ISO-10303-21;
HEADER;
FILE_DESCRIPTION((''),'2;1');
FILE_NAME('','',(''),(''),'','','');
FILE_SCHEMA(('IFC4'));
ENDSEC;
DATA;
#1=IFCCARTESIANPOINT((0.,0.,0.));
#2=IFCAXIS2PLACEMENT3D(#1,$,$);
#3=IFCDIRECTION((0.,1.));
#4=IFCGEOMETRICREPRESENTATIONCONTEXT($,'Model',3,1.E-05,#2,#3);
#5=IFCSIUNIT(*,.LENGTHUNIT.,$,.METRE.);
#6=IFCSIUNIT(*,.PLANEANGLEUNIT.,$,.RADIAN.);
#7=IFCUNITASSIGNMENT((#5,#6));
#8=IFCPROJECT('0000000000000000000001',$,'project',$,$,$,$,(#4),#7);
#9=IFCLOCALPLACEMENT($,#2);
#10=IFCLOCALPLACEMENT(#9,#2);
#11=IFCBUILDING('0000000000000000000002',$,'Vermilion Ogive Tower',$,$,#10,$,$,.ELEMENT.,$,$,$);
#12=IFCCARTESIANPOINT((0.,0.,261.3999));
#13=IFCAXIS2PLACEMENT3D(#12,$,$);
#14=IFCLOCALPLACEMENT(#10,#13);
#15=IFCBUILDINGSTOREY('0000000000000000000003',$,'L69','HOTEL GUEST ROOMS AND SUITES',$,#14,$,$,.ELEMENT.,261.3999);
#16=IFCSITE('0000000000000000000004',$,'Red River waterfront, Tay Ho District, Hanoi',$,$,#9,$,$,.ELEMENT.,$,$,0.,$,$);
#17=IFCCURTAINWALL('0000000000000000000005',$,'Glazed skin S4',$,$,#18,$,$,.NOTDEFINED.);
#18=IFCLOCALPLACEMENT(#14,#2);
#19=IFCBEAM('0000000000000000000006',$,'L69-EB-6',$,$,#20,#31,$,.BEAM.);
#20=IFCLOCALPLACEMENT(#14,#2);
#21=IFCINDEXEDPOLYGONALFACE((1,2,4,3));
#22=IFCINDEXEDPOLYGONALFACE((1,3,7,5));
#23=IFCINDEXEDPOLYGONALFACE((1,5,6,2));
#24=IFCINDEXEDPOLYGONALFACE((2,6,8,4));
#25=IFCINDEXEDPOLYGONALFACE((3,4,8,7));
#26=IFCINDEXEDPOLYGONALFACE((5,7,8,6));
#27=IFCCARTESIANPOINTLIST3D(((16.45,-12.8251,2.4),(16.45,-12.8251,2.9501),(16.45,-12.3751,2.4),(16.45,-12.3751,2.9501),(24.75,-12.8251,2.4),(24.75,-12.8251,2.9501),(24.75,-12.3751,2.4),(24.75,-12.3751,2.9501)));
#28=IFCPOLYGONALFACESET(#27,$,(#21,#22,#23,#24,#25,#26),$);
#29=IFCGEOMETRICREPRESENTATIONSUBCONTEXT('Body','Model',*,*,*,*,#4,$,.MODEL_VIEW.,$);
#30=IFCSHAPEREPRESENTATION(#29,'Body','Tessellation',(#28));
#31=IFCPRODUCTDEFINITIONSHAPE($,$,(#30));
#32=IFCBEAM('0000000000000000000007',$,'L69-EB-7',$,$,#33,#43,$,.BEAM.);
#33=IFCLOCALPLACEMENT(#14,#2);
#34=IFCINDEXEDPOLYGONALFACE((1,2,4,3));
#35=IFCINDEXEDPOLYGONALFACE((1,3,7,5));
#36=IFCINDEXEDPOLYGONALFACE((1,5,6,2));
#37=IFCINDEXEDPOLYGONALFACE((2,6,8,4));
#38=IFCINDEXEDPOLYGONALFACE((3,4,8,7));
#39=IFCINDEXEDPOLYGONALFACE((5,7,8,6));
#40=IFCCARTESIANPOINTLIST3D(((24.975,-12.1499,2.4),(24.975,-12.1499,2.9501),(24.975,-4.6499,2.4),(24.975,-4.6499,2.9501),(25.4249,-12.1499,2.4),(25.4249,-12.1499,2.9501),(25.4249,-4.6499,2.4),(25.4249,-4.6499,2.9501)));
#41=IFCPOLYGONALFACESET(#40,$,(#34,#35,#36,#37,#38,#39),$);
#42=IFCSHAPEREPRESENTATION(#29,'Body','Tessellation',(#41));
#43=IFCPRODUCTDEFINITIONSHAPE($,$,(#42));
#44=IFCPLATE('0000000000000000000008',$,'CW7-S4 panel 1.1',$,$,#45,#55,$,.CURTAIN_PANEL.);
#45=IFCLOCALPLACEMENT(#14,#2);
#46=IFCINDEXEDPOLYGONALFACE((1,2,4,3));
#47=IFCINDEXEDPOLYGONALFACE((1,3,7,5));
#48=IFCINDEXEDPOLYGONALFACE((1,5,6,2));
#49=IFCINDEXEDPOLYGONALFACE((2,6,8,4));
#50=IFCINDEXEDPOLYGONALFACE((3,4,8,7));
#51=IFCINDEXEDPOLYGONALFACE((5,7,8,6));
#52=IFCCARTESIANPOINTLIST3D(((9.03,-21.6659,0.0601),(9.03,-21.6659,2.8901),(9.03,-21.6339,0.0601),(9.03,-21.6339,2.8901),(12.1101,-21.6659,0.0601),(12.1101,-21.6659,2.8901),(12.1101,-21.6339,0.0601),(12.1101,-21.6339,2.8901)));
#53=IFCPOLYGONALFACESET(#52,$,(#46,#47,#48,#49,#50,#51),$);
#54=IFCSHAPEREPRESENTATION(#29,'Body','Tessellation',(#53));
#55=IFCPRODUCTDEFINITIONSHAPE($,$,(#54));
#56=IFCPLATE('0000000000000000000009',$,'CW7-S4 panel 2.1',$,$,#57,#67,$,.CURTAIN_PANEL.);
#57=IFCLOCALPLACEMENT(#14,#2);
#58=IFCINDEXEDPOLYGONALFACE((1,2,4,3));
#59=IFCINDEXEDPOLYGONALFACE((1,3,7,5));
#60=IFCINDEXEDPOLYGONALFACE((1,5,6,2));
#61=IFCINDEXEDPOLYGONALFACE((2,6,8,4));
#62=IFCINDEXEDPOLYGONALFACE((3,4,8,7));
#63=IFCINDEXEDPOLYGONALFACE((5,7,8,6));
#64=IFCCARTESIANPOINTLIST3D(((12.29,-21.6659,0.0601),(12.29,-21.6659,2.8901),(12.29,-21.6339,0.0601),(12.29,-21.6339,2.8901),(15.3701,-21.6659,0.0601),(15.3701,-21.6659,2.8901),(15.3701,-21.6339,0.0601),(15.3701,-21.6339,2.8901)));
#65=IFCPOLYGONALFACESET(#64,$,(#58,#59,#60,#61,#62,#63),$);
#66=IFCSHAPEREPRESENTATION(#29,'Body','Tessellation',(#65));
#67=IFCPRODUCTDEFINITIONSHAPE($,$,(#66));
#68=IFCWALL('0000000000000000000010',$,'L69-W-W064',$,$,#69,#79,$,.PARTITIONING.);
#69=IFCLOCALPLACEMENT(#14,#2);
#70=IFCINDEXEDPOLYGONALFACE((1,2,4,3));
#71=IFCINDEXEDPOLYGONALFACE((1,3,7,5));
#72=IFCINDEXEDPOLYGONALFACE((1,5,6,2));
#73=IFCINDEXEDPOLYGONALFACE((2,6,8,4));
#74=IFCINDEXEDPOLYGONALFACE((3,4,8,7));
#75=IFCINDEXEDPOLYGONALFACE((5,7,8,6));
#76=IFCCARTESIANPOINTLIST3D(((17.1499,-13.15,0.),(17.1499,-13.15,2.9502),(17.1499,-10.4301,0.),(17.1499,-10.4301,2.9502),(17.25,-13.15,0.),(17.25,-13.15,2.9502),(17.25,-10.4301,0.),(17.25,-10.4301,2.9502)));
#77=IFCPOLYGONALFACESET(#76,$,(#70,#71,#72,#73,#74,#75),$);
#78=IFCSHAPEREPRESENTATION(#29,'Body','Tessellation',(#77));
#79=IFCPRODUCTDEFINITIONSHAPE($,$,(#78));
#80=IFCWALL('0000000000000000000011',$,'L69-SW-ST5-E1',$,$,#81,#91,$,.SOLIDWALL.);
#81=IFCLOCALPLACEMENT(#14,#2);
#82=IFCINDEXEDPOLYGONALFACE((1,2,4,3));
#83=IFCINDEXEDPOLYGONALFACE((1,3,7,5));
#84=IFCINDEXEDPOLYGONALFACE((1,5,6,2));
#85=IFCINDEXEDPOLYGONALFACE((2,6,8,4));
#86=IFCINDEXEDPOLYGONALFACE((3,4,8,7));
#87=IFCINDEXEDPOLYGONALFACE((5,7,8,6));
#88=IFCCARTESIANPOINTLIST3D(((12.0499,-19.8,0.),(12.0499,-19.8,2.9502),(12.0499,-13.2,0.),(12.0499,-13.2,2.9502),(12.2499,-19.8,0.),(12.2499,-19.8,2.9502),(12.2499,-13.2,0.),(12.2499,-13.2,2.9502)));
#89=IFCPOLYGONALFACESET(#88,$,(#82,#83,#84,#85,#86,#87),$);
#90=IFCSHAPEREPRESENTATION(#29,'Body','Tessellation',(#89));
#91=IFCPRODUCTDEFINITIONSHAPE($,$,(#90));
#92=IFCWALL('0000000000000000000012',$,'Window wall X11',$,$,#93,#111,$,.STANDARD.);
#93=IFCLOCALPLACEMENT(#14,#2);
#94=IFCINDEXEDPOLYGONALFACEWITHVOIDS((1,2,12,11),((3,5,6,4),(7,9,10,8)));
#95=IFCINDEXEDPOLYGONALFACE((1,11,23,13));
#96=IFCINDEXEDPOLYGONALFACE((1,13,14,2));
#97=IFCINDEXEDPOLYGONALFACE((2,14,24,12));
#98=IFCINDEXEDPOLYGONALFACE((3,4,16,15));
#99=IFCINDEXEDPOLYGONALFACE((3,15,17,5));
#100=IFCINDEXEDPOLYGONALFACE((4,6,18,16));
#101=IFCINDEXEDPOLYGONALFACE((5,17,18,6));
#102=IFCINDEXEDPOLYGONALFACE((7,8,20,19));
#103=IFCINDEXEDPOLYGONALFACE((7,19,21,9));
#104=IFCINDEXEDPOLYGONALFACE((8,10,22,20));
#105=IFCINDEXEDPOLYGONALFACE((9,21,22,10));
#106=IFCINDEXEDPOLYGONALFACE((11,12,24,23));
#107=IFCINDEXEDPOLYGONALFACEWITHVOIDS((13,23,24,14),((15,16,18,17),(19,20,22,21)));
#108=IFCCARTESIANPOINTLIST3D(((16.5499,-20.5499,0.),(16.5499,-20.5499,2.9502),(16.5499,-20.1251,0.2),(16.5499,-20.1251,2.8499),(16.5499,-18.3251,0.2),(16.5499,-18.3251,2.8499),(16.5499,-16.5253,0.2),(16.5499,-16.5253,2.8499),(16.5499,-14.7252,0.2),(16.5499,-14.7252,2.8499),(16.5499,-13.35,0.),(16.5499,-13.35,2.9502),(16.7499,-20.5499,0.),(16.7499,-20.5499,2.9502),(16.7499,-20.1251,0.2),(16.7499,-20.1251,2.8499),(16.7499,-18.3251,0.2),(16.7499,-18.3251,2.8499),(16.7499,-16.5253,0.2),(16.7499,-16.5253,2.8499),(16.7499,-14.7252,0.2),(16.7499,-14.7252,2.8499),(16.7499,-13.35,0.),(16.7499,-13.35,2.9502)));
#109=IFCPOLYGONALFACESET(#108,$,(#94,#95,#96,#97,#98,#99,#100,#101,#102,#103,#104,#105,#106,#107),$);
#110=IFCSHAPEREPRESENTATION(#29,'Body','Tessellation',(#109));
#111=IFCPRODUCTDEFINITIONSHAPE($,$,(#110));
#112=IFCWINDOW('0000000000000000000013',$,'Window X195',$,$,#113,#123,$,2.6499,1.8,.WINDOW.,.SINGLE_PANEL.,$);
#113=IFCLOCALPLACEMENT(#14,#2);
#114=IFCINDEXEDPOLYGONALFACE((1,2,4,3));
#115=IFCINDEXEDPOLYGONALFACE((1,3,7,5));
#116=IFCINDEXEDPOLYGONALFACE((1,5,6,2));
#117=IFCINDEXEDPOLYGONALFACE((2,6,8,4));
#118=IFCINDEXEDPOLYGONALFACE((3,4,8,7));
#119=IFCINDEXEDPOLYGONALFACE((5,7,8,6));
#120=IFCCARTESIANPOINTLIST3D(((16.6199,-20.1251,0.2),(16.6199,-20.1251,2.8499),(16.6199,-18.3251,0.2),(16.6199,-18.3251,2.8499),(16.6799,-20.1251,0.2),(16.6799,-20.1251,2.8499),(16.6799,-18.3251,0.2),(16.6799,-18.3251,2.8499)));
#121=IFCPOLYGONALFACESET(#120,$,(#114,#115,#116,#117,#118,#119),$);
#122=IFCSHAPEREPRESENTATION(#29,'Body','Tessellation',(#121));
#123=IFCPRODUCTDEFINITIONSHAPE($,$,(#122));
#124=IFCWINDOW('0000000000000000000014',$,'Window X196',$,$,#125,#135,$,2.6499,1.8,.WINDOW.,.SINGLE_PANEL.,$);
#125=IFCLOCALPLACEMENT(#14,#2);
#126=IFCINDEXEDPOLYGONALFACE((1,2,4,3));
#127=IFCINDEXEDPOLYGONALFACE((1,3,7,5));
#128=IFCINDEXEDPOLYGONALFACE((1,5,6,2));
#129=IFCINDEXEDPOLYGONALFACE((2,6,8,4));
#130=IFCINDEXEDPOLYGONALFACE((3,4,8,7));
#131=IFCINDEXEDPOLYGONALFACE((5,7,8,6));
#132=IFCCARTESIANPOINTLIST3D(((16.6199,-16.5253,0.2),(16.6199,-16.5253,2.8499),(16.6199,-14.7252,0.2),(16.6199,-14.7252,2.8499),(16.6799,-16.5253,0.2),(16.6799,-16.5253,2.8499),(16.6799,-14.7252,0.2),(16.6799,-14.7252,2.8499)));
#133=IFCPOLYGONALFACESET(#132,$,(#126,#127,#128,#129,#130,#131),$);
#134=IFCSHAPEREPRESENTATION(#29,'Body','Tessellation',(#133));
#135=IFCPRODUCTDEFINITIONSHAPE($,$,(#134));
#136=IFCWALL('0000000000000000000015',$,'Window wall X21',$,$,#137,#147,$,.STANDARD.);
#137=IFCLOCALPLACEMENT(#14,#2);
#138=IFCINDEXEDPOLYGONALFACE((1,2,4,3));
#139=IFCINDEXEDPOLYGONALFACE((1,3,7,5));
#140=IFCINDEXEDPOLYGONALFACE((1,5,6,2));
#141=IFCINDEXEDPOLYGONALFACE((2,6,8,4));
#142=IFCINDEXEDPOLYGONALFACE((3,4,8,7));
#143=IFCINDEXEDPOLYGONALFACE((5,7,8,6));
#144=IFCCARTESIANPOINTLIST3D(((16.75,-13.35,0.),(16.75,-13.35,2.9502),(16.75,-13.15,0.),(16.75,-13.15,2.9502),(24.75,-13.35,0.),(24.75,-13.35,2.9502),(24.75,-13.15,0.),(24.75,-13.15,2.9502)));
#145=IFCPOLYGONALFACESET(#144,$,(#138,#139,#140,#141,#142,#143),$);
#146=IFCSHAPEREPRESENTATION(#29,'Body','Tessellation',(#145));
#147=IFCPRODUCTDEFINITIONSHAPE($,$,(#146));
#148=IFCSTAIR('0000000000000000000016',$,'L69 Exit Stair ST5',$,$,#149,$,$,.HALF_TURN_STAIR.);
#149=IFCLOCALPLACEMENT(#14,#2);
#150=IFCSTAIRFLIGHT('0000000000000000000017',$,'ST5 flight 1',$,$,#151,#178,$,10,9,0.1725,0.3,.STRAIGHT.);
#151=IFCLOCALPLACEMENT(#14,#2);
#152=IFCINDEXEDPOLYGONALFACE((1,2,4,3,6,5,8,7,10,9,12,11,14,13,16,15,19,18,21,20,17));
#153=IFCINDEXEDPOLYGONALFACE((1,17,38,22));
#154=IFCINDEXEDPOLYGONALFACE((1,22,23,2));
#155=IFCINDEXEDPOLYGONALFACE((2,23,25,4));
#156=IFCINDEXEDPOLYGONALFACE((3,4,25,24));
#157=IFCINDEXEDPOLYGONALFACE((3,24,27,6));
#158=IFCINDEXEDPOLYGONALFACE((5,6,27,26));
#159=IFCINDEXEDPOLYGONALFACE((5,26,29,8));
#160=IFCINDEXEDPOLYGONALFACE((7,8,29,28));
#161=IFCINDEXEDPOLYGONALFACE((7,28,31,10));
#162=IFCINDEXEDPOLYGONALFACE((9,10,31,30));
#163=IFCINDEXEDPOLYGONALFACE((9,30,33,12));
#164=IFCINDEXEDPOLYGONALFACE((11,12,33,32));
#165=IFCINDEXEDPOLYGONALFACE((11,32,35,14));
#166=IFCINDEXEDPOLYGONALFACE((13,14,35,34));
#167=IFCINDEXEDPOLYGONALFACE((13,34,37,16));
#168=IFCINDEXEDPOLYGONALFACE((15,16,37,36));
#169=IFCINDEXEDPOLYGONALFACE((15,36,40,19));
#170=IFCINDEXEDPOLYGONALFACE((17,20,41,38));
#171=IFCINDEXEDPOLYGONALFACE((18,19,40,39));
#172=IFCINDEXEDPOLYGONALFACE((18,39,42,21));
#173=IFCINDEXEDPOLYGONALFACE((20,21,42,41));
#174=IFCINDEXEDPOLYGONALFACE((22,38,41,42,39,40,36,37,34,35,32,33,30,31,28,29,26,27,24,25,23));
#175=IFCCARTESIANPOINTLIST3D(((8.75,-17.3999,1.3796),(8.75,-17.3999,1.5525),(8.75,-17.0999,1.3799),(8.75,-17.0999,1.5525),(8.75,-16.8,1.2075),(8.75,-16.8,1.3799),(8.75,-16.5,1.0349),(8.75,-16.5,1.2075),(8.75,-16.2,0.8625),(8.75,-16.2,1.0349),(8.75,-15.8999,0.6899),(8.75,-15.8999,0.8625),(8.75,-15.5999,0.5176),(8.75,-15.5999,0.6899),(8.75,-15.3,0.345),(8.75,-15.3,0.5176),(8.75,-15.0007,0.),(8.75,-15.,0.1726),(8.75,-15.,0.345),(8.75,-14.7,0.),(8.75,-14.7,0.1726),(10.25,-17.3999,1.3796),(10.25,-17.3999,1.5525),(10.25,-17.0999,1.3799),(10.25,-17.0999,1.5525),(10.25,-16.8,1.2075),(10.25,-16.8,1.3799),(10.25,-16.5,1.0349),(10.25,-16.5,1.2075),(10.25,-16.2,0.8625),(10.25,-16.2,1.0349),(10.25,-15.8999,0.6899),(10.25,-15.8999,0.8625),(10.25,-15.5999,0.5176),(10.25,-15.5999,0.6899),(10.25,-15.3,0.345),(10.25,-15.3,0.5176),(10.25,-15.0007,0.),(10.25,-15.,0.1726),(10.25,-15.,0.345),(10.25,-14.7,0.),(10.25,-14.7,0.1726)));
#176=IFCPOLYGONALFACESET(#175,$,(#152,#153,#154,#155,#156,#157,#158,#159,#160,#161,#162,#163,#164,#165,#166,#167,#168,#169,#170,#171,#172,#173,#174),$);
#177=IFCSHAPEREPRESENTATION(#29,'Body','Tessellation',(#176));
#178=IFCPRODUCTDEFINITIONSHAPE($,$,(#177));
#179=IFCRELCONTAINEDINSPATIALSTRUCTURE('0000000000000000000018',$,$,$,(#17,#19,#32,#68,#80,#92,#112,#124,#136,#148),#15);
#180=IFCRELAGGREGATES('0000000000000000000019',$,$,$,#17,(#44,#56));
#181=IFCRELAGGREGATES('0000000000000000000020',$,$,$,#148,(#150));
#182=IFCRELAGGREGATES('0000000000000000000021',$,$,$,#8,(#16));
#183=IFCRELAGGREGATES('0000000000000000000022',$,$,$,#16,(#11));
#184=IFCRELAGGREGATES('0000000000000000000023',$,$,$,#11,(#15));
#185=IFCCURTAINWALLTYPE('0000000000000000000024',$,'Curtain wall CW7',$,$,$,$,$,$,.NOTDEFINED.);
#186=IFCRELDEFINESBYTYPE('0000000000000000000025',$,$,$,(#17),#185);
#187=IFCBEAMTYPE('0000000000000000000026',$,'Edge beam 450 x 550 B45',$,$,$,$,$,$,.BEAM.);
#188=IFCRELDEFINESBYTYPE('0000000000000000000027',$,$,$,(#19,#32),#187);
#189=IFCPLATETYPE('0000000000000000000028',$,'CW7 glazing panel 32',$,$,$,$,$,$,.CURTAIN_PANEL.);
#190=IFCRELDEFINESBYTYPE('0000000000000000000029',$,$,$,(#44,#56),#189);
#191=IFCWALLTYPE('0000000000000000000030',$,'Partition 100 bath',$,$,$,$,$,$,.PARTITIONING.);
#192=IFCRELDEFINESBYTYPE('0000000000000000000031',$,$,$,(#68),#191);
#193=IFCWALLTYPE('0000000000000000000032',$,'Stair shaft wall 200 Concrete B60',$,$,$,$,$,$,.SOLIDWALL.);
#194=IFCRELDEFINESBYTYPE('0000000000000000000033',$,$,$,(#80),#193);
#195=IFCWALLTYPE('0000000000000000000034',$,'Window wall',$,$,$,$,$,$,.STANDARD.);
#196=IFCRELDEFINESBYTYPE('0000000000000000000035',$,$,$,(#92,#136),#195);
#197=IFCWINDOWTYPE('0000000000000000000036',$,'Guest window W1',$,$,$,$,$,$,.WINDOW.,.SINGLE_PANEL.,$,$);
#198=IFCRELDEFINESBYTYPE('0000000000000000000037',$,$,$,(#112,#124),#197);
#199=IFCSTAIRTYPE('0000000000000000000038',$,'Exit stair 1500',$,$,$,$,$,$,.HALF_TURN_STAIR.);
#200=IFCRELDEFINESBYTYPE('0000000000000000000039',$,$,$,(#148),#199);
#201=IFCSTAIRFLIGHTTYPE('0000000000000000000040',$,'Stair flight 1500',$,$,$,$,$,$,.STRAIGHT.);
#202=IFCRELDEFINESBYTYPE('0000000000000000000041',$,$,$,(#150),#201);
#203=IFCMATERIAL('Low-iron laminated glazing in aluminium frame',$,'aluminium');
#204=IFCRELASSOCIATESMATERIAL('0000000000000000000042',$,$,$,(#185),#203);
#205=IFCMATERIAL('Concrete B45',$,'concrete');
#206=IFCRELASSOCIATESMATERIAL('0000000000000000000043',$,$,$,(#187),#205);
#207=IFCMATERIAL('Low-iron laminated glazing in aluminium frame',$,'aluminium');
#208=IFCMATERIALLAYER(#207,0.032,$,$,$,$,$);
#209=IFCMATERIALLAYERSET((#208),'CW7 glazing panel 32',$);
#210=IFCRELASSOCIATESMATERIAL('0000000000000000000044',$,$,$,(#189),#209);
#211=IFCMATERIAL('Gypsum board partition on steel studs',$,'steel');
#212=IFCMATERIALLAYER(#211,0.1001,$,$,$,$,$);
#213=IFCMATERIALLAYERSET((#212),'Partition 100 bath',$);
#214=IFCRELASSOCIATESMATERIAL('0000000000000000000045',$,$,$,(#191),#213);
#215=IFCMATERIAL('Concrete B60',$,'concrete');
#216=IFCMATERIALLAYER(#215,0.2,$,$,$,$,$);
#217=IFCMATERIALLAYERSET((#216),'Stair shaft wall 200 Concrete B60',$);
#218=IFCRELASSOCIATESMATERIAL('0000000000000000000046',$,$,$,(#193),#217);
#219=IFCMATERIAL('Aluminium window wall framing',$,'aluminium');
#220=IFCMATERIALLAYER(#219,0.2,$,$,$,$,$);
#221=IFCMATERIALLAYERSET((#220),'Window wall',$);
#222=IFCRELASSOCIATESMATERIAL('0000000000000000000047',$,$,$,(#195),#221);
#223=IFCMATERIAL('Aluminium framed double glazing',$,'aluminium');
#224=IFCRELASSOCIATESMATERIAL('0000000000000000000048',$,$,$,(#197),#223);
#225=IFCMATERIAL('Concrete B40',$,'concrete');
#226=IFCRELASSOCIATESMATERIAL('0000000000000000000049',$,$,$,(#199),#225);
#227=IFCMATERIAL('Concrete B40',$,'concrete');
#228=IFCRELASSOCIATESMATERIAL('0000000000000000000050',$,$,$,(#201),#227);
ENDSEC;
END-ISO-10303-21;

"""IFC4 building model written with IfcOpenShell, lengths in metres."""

from ifc_helpers import new_model, si_unit, direction, frame, frame_2d, origin, origin_2d, place, context, subcontext, project, spatial, polyline, rectangle, outline, extrude, material, layer, layer_set, material_profile, profile_set, type_object, element, fill, aggregate, save


model = new_model("IFC4")

# Units and contexts
model_context = context("Model", 3, precision=1e-05, world=origin(), true_north=direction((0.0, 1.0)))
body_context = subcontext(model_context, "Body", "Model", "MODEL_VIEW")
ifc_project = project(units=[si_unit("LENGTHUNIT", "METRE"), si_unit("PLANEANGLEUNIT", "RADIAN")], contexts=[model_context])

# Site, building, storey
site_placement = place(None, origin())
site = spatial("IfcSite", under=ifc_project, at=site_placement, Name="Red River waterfront, Tay Ho District, Hanoi", CompositionType="ELEMENT", RefElevation=0.0)
building_placement = place(site_placement, origin())
building = spatial("IfcBuilding", under=site, at=building_placement, Name="Vermilion Ogive Tower", CompositionType="ELEMENT")
storey_placement = place(building_placement, frame((0.0, 0.0, 261.3999)))
storey = spatial("IfcBuildingStorey", under=building, at=storey_placement, Name="L69", Description="HOTEL GUEST ROOMS AND SUITES", CompositionType="ELEMENT", Elevation=261.3999)

# Curtain wall
ifc_material_1 = material(Name="Low-iron laminated glazing in aluminium frame", Category="aluminium")
curtain_wall_type = type_object("IfcCurtainWallType", Name="Curtain wall CW7", PredefinedType="NOTDEFINED", material=ifc_material_1)
curtain_wall_1_placement = place(storey_placement, origin())
curtain_wall_1 = element("IfcCurtainWall", 1, at=curtain_wall_1_placement, inside=storey, type_object=curtain_wall_type, Name="Glazed skin S4", PredefinedType="NOTDEFINED")

# Beams
ifc_material_2 = material(Name="Concrete B45", Category="concrete")
ifc_material_profile_1 = material_profile(ifc_material_2, rectangle(XDim=0.45, YDim=0.55, at=origin_2d()), Name="450 x 550")
ifc_profile_set_1 = profile_set([ifc_material_profile_1], Name="Concrete B45")
beam_type = type_object("IfcBeamType", Name="Edge beam 450 x 550 B45", PredefinedType="BEAM", material=ifc_profile_set_1)
beam_1_placement = place(storey_placement, frame((16.45, -12.6001, 2.675), z_axis=(1.0, 0.0, 0.0), x_axis=(0.0, 1.0, 0.0)))
element("IfcBeam", 2, at=beam_1_placement, inside=storey, type_object=beam_type, Name="L69-EB-6", PredefinedType="BEAM", context=body_context, shape_type="SweptSolid", body=[
    extrude(rectangle(XDim=0.45, YDim=0.55, at=origin_2d()), origin(), (0.0, 0.0, 1.0), 8.3),
])
beam_2_placement = place(storey_placement, frame((25.2, -12.1499, 2.675), z_axis=(0.0, 1.0, 0.0), x_axis=(-1.0, 0.0, 0.0)))
element("IfcBeam", 3, at=beam_2_placement, inside=storey, type_object=beam_type, Name="L69-EB-7", PredefinedType="BEAM", context=body_context, shape_type="SweptSolid", body=[
    extrude(rectangle(XDim=0.45, YDim=0.55, at=origin_2d()), origin(), (0.0, 0.0, 1.0), 7.5),
])

# Plates
ifc_material_3 = material(Name="Low-iron laminated glazing in aluminium frame", Category="aluminium")
ifc_layer_1 = layer(ifc_material_3, 0.032)
ifc_layer_set_1 = layer_set([ifc_layer_1], Name="CW7 glazing panel 32")
plate_type = type_object("IfcPlateType", Name="CW7 glazing panel 32", PredefinedType="CURTAIN_PANEL", material=ifc_layer_set_1)
plate_1_placement = place(storey_placement, frame((10.5701, -21.6499, 0.0601), z_axis=(0.0, 0.0, 1.0), x_axis=(1.0, 0.0, 0.0)))
plate_1 = element("IfcPlate", 4, at=plate_1_placement, type_object=plate_type, Name="CW7-S4 panel 1.1", PredefinedType="CURTAIN_PANEL", context=body_context, shape_type="SweptSolid", body=[
    extrude(rectangle(XDim=3.0801, YDim=0.032, at=origin_2d()), origin(), (0.0, 0.0, 1.0), 2.8301),
])
plate_2_placement = place(storey_placement, frame((13.8301, -21.6499, 0.0601), z_axis=(0.0, 0.0, 1.0), x_axis=(1.0, 0.0, 0.0)))
plate_2 = element("IfcPlate", 5, at=plate_2_placement, type_object=plate_type, Name="CW7-S4 panel 2.1", PredefinedType="CURTAIN_PANEL", context=body_context, shape_type="SweptSolid", body=[
    extrude(rectangle(XDim=3.0801, YDim=0.032, at=origin_2d()), origin(), (0.0, 0.0, 1.0), 2.8301),
])
aggregate(curtain_wall_1, [plate_1, plate_2])

# Walls
ifc_material_4 = material(Name="Gypsum board partition on steel studs", Category="steel")
ifc_layer_2 = layer(ifc_material_4, 0.1001)
ifc_layer_set_2 = layer_set([ifc_layer_2], Name="Partition 100 bath")
wall_type_1 = type_object("IfcWallType", Name="Partition 100 bath", PredefinedType="PARTITIONING", material=ifc_layer_set_2)
wall_1_placement = place(storey_placement, frame((17.2, -13.1499, 0.0), z_axis=(0.0, 0.0, 1.0), x_axis=(0.0, 1.0, 0.0)))
element("IfcWall", 6, at=wall_1_placement, inside=storey, type_object=wall_type_1, Name="L69-W-W064", PredefinedType="PARTITIONING", context=body_context, shape_type="SweptSolid", body=[
    extrude(rectangle(XDim=2.72, YDim=0.1001, at=frame_2d((1.3599, 0.0))), origin(), (0.0, 0.0, 1.0), 2.9502),
])
ifc_material_5 = material(Name="Concrete B60", Category="concrete")
ifc_layer_3 = layer(ifc_material_5, 0.2)
ifc_layer_set_3 = layer_set([ifc_layer_3], Name="Stair shaft wall 200 Concrete B60")
wall_type_2 = type_object("IfcWallType", Name="Stair shaft wall 200 Concrete B60", PredefinedType="SOLIDWALL", material=ifc_layer_set_3)
wall_2_placement = place(storey_placement, frame((12.1499, -19.8, 0.0), z_axis=(0.0, 0.0, 1.0), x_axis=(0.0, 1.0, 0.0)))
element("IfcWall", 7, at=wall_2_placement, inside=storey, type_object=wall_type_2, Name="L69-SW-ST5-E1", PredefinedType="SOLIDWALL", context=body_context, shape_type="SweptSolid", body=[
    extrude(rectangle(XDim=6.6001, YDim=0.2, at=frame_2d((3.3, 0.0))), origin(), (0.0, 0.0, 1.0), 2.9502),
])

# Wall, openings, windows
ifc_material_6 = material(Name="Aluminium window wall framing", Category="aluminium")
ifc_layer_4 = layer(ifc_material_6, 0.2)
ifc_layer_set_4 = layer_set([ifc_layer_4], Name="Window wall")
wall_type_3 = type_object("IfcWallType", Name="Window wall", PredefinedType="STANDARD", material=ifc_layer_set_4)
wall_3_placement = place(storey_placement, frame((16.6499, -20.55, 0.0), z_axis=(0.0, 0.0, 1.0), x_axis=(0.0, 1.0, 0.0)))
wall_3 = element("IfcWall", 8, at=wall_3_placement, inside=storey, type_object=wall_type_3, Name="Window wall X11", PredefinedType="STANDARD", context=body_context, shape_type="SweptSolid", body=[
    extrude(rectangle(XDim=7.2, YDim=0.2, at=frame_2d((3.6001, 0.0))), origin(), (0.0, 0.0, 1.0), 2.9502),
])
opening_1_placement = place(wall_3_placement, frame((0.425, 0.0, 0.2)))
opening_1 = element("IfcOpeningElement", 9, at=opening_1_placement, cuts=wall_3, PredefinedType="OPENING", context=body_context, shape_type="SweptSolid", body=[
    extrude(rectangle(XDim=1.8, YDim=2.6499, at=frame_2d((0.8999, 1.325))), frame((0.0, 0.1099, 0.0), z_axis=(0.0, -1.0, 0.0), x_axis=(1.0, 0.0, 0.0)), (0.0, 0.0, 1.0), 0.22),
])
opening_2_placement = place(wall_3_placement, frame((4.0249, 0.0, 0.2)))
opening_2 = element("IfcOpeningElement", 10, at=opening_2_placement, cuts=wall_3, PredefinedType="OPENING", context=body_context, shape_type="SweptSolid", body=[
    extrude(rectangle(XDim=1.8, YDim=2.6499, at=frame_2d((0.8999, 1.325))), frame((0.0, 0.1099, 0.0), z_axis=(0.0, -1.0, 0.0), x_axis=(1.0, 0.0, 0.0)), (0.0, 0.0, 1.0), 0.22),
])
ifc_material_7 = material(Name="Aluminium framed double glazing", Category="aluminium")
window_type = type_object("IfcWindowType", Name="Guest window W1", PartitioningType="SINGLE_PANEL", PredefinedType="WINDOW", material=ifc_material_7)
window_1_placement = place(opening_1_placement, origin())
window_1 = element("IfcWindow", 11, at=window_1_placement, inside=storey, type_object=window_type, Name="Window X195", OverallHeight=2.6499, OverallWidth=1.8, PartitioningType="SINGLE_PANEL", PredefinedType="WINDOW", context=body_context, shape_type="SweptSolid", body=[
    extrude(rectangle(XDim=1.8, YDim=2.6499, at=frame_2d((0.8999, 1.325))), frame((0.0, 0.03, 0.0), z_axis=(0.0, -1.0, 0.0), x_axis=(1.0, 0.0, 0.0)), (0.0, 0.0, 1.0), 0.0601),
])
fill(opening_1, window_1)
window_2_placement = place(opening_2_placement, origin())
window_2 = element("IfcWindow", 12, at=window_2_placement, inside=storey, type_object=window_type, Name="Window X196", OverallHeight=2.6499, OverallWidth=1.8, PartitioningType="SINGLE_PANEL", PredefinedType="WINDOW", context=body_context, shape_type="SweptSolid", body=[
    extrude(rectangle(XDim=1.8, YDim=2.6499, at=frame_2d((0.8999, 1.325))), frame((0.0, 0.03, 0.0), z_axis=(0.0, -1.0, 0.0), x_axis=(1.0, 0.0, 0.0)), (0.0, 0.0, 1.0), 0.0601),
])
fill(opening_2, window_2)

# Wall
wall_4_placement = place(storey_placement, frame((16.75, -13.25, 0.0), z_axis=(0.0, 0.0, 1.0), x_axis=(1.0, 0.0, 0.0)))
element("IfcWall", 13, at=wall_4_placement, inside=storey, type_object=wall_type_3, Name="Window wall X21", PredefinedType="STANDARD", context=body_context, shape_type="SweptSolid", body=[
    extrude(rectangle(XDim=8.0, YDim=0.2, at=frame_2d((4.0, 0.0))), origin(), (0.0, 0.0, 1.0), 2.9502),
])

# Stair, stair flight
ifc_material_8 = material(Name="Concrete B40", Category="concrete")
stair_type = type_object("IfcStairType", Name="Exit stair 1500", PredefinedType="HALF_TURN_STAIR", material=ifc_material_8)
stair_placement = place(storey_placement, origin())
stair = element("IfcStair", 14, at=stair_placement, inside=storey, type_object=stair_type, Name="L69 Exit Stair ST5", PredefinedType="HALF_TURN_STAIR")
ifc_material_9 = material(Name="Concrete B40", Category="concrete")
stair_flight_type = type_object("IfcStairFlightType", Name="Stair flight 1500", PredefinedType="STRAIGHT", material=ifc_material_9)
stair_flight_1_placement = place(storey_placement, frame((9.5, -14.7, 0.0), z_axis=(0.0, 0.0, 1.0), x_axis=(0.0, -1.0, 0.0)))
stair_flight_1 = element("IfcStairFlight", 15, at=stair_flight_1_placement, type_object=stair_flight_type, Name="ST5 flight 1", NumberOfRisers=10, NumberOfTreads=9, PredefinedType="STRAIGHT", RiserHeight=0.1725, TreadLength=0.3, context=body_context, shape_type="SweptSolid", body=[
    extrude(outline(polyline([(0.0, 0.0), (0.0, 0.1726), (0.3, 0.1726), (0.3, 0.345), (0.6001, 0.345), (0.6001, 0.5176), (0.8999, 0.5176), (0.8999, 0.6899), (1.2, 0.6899), (1.2, 0.8625), (1.5, 0.8625), (1.5, 1.0349), (1.8, 1.0349), (1.8, 1.2075), (2.1001, 1.2075), (2.1001, 1.3799), (2.3999, 1.3799), (2.3999, 1.5525), (2.7, 1.5525), (2.7, 1.7251), (2.7, 1.3796), (0.3008, 0.0), (0.0, 0.0)])), frame((0.0, 0.75, 0.0), z_axis=(0.0, -1.0, 0.0), x_axis=(1.0, 0.0, 0.0)), (0.0, 0.0, 1.0), 1.5),
])
aggregate(stair, [stair_flight_1])

save(model, "model.ifc")
